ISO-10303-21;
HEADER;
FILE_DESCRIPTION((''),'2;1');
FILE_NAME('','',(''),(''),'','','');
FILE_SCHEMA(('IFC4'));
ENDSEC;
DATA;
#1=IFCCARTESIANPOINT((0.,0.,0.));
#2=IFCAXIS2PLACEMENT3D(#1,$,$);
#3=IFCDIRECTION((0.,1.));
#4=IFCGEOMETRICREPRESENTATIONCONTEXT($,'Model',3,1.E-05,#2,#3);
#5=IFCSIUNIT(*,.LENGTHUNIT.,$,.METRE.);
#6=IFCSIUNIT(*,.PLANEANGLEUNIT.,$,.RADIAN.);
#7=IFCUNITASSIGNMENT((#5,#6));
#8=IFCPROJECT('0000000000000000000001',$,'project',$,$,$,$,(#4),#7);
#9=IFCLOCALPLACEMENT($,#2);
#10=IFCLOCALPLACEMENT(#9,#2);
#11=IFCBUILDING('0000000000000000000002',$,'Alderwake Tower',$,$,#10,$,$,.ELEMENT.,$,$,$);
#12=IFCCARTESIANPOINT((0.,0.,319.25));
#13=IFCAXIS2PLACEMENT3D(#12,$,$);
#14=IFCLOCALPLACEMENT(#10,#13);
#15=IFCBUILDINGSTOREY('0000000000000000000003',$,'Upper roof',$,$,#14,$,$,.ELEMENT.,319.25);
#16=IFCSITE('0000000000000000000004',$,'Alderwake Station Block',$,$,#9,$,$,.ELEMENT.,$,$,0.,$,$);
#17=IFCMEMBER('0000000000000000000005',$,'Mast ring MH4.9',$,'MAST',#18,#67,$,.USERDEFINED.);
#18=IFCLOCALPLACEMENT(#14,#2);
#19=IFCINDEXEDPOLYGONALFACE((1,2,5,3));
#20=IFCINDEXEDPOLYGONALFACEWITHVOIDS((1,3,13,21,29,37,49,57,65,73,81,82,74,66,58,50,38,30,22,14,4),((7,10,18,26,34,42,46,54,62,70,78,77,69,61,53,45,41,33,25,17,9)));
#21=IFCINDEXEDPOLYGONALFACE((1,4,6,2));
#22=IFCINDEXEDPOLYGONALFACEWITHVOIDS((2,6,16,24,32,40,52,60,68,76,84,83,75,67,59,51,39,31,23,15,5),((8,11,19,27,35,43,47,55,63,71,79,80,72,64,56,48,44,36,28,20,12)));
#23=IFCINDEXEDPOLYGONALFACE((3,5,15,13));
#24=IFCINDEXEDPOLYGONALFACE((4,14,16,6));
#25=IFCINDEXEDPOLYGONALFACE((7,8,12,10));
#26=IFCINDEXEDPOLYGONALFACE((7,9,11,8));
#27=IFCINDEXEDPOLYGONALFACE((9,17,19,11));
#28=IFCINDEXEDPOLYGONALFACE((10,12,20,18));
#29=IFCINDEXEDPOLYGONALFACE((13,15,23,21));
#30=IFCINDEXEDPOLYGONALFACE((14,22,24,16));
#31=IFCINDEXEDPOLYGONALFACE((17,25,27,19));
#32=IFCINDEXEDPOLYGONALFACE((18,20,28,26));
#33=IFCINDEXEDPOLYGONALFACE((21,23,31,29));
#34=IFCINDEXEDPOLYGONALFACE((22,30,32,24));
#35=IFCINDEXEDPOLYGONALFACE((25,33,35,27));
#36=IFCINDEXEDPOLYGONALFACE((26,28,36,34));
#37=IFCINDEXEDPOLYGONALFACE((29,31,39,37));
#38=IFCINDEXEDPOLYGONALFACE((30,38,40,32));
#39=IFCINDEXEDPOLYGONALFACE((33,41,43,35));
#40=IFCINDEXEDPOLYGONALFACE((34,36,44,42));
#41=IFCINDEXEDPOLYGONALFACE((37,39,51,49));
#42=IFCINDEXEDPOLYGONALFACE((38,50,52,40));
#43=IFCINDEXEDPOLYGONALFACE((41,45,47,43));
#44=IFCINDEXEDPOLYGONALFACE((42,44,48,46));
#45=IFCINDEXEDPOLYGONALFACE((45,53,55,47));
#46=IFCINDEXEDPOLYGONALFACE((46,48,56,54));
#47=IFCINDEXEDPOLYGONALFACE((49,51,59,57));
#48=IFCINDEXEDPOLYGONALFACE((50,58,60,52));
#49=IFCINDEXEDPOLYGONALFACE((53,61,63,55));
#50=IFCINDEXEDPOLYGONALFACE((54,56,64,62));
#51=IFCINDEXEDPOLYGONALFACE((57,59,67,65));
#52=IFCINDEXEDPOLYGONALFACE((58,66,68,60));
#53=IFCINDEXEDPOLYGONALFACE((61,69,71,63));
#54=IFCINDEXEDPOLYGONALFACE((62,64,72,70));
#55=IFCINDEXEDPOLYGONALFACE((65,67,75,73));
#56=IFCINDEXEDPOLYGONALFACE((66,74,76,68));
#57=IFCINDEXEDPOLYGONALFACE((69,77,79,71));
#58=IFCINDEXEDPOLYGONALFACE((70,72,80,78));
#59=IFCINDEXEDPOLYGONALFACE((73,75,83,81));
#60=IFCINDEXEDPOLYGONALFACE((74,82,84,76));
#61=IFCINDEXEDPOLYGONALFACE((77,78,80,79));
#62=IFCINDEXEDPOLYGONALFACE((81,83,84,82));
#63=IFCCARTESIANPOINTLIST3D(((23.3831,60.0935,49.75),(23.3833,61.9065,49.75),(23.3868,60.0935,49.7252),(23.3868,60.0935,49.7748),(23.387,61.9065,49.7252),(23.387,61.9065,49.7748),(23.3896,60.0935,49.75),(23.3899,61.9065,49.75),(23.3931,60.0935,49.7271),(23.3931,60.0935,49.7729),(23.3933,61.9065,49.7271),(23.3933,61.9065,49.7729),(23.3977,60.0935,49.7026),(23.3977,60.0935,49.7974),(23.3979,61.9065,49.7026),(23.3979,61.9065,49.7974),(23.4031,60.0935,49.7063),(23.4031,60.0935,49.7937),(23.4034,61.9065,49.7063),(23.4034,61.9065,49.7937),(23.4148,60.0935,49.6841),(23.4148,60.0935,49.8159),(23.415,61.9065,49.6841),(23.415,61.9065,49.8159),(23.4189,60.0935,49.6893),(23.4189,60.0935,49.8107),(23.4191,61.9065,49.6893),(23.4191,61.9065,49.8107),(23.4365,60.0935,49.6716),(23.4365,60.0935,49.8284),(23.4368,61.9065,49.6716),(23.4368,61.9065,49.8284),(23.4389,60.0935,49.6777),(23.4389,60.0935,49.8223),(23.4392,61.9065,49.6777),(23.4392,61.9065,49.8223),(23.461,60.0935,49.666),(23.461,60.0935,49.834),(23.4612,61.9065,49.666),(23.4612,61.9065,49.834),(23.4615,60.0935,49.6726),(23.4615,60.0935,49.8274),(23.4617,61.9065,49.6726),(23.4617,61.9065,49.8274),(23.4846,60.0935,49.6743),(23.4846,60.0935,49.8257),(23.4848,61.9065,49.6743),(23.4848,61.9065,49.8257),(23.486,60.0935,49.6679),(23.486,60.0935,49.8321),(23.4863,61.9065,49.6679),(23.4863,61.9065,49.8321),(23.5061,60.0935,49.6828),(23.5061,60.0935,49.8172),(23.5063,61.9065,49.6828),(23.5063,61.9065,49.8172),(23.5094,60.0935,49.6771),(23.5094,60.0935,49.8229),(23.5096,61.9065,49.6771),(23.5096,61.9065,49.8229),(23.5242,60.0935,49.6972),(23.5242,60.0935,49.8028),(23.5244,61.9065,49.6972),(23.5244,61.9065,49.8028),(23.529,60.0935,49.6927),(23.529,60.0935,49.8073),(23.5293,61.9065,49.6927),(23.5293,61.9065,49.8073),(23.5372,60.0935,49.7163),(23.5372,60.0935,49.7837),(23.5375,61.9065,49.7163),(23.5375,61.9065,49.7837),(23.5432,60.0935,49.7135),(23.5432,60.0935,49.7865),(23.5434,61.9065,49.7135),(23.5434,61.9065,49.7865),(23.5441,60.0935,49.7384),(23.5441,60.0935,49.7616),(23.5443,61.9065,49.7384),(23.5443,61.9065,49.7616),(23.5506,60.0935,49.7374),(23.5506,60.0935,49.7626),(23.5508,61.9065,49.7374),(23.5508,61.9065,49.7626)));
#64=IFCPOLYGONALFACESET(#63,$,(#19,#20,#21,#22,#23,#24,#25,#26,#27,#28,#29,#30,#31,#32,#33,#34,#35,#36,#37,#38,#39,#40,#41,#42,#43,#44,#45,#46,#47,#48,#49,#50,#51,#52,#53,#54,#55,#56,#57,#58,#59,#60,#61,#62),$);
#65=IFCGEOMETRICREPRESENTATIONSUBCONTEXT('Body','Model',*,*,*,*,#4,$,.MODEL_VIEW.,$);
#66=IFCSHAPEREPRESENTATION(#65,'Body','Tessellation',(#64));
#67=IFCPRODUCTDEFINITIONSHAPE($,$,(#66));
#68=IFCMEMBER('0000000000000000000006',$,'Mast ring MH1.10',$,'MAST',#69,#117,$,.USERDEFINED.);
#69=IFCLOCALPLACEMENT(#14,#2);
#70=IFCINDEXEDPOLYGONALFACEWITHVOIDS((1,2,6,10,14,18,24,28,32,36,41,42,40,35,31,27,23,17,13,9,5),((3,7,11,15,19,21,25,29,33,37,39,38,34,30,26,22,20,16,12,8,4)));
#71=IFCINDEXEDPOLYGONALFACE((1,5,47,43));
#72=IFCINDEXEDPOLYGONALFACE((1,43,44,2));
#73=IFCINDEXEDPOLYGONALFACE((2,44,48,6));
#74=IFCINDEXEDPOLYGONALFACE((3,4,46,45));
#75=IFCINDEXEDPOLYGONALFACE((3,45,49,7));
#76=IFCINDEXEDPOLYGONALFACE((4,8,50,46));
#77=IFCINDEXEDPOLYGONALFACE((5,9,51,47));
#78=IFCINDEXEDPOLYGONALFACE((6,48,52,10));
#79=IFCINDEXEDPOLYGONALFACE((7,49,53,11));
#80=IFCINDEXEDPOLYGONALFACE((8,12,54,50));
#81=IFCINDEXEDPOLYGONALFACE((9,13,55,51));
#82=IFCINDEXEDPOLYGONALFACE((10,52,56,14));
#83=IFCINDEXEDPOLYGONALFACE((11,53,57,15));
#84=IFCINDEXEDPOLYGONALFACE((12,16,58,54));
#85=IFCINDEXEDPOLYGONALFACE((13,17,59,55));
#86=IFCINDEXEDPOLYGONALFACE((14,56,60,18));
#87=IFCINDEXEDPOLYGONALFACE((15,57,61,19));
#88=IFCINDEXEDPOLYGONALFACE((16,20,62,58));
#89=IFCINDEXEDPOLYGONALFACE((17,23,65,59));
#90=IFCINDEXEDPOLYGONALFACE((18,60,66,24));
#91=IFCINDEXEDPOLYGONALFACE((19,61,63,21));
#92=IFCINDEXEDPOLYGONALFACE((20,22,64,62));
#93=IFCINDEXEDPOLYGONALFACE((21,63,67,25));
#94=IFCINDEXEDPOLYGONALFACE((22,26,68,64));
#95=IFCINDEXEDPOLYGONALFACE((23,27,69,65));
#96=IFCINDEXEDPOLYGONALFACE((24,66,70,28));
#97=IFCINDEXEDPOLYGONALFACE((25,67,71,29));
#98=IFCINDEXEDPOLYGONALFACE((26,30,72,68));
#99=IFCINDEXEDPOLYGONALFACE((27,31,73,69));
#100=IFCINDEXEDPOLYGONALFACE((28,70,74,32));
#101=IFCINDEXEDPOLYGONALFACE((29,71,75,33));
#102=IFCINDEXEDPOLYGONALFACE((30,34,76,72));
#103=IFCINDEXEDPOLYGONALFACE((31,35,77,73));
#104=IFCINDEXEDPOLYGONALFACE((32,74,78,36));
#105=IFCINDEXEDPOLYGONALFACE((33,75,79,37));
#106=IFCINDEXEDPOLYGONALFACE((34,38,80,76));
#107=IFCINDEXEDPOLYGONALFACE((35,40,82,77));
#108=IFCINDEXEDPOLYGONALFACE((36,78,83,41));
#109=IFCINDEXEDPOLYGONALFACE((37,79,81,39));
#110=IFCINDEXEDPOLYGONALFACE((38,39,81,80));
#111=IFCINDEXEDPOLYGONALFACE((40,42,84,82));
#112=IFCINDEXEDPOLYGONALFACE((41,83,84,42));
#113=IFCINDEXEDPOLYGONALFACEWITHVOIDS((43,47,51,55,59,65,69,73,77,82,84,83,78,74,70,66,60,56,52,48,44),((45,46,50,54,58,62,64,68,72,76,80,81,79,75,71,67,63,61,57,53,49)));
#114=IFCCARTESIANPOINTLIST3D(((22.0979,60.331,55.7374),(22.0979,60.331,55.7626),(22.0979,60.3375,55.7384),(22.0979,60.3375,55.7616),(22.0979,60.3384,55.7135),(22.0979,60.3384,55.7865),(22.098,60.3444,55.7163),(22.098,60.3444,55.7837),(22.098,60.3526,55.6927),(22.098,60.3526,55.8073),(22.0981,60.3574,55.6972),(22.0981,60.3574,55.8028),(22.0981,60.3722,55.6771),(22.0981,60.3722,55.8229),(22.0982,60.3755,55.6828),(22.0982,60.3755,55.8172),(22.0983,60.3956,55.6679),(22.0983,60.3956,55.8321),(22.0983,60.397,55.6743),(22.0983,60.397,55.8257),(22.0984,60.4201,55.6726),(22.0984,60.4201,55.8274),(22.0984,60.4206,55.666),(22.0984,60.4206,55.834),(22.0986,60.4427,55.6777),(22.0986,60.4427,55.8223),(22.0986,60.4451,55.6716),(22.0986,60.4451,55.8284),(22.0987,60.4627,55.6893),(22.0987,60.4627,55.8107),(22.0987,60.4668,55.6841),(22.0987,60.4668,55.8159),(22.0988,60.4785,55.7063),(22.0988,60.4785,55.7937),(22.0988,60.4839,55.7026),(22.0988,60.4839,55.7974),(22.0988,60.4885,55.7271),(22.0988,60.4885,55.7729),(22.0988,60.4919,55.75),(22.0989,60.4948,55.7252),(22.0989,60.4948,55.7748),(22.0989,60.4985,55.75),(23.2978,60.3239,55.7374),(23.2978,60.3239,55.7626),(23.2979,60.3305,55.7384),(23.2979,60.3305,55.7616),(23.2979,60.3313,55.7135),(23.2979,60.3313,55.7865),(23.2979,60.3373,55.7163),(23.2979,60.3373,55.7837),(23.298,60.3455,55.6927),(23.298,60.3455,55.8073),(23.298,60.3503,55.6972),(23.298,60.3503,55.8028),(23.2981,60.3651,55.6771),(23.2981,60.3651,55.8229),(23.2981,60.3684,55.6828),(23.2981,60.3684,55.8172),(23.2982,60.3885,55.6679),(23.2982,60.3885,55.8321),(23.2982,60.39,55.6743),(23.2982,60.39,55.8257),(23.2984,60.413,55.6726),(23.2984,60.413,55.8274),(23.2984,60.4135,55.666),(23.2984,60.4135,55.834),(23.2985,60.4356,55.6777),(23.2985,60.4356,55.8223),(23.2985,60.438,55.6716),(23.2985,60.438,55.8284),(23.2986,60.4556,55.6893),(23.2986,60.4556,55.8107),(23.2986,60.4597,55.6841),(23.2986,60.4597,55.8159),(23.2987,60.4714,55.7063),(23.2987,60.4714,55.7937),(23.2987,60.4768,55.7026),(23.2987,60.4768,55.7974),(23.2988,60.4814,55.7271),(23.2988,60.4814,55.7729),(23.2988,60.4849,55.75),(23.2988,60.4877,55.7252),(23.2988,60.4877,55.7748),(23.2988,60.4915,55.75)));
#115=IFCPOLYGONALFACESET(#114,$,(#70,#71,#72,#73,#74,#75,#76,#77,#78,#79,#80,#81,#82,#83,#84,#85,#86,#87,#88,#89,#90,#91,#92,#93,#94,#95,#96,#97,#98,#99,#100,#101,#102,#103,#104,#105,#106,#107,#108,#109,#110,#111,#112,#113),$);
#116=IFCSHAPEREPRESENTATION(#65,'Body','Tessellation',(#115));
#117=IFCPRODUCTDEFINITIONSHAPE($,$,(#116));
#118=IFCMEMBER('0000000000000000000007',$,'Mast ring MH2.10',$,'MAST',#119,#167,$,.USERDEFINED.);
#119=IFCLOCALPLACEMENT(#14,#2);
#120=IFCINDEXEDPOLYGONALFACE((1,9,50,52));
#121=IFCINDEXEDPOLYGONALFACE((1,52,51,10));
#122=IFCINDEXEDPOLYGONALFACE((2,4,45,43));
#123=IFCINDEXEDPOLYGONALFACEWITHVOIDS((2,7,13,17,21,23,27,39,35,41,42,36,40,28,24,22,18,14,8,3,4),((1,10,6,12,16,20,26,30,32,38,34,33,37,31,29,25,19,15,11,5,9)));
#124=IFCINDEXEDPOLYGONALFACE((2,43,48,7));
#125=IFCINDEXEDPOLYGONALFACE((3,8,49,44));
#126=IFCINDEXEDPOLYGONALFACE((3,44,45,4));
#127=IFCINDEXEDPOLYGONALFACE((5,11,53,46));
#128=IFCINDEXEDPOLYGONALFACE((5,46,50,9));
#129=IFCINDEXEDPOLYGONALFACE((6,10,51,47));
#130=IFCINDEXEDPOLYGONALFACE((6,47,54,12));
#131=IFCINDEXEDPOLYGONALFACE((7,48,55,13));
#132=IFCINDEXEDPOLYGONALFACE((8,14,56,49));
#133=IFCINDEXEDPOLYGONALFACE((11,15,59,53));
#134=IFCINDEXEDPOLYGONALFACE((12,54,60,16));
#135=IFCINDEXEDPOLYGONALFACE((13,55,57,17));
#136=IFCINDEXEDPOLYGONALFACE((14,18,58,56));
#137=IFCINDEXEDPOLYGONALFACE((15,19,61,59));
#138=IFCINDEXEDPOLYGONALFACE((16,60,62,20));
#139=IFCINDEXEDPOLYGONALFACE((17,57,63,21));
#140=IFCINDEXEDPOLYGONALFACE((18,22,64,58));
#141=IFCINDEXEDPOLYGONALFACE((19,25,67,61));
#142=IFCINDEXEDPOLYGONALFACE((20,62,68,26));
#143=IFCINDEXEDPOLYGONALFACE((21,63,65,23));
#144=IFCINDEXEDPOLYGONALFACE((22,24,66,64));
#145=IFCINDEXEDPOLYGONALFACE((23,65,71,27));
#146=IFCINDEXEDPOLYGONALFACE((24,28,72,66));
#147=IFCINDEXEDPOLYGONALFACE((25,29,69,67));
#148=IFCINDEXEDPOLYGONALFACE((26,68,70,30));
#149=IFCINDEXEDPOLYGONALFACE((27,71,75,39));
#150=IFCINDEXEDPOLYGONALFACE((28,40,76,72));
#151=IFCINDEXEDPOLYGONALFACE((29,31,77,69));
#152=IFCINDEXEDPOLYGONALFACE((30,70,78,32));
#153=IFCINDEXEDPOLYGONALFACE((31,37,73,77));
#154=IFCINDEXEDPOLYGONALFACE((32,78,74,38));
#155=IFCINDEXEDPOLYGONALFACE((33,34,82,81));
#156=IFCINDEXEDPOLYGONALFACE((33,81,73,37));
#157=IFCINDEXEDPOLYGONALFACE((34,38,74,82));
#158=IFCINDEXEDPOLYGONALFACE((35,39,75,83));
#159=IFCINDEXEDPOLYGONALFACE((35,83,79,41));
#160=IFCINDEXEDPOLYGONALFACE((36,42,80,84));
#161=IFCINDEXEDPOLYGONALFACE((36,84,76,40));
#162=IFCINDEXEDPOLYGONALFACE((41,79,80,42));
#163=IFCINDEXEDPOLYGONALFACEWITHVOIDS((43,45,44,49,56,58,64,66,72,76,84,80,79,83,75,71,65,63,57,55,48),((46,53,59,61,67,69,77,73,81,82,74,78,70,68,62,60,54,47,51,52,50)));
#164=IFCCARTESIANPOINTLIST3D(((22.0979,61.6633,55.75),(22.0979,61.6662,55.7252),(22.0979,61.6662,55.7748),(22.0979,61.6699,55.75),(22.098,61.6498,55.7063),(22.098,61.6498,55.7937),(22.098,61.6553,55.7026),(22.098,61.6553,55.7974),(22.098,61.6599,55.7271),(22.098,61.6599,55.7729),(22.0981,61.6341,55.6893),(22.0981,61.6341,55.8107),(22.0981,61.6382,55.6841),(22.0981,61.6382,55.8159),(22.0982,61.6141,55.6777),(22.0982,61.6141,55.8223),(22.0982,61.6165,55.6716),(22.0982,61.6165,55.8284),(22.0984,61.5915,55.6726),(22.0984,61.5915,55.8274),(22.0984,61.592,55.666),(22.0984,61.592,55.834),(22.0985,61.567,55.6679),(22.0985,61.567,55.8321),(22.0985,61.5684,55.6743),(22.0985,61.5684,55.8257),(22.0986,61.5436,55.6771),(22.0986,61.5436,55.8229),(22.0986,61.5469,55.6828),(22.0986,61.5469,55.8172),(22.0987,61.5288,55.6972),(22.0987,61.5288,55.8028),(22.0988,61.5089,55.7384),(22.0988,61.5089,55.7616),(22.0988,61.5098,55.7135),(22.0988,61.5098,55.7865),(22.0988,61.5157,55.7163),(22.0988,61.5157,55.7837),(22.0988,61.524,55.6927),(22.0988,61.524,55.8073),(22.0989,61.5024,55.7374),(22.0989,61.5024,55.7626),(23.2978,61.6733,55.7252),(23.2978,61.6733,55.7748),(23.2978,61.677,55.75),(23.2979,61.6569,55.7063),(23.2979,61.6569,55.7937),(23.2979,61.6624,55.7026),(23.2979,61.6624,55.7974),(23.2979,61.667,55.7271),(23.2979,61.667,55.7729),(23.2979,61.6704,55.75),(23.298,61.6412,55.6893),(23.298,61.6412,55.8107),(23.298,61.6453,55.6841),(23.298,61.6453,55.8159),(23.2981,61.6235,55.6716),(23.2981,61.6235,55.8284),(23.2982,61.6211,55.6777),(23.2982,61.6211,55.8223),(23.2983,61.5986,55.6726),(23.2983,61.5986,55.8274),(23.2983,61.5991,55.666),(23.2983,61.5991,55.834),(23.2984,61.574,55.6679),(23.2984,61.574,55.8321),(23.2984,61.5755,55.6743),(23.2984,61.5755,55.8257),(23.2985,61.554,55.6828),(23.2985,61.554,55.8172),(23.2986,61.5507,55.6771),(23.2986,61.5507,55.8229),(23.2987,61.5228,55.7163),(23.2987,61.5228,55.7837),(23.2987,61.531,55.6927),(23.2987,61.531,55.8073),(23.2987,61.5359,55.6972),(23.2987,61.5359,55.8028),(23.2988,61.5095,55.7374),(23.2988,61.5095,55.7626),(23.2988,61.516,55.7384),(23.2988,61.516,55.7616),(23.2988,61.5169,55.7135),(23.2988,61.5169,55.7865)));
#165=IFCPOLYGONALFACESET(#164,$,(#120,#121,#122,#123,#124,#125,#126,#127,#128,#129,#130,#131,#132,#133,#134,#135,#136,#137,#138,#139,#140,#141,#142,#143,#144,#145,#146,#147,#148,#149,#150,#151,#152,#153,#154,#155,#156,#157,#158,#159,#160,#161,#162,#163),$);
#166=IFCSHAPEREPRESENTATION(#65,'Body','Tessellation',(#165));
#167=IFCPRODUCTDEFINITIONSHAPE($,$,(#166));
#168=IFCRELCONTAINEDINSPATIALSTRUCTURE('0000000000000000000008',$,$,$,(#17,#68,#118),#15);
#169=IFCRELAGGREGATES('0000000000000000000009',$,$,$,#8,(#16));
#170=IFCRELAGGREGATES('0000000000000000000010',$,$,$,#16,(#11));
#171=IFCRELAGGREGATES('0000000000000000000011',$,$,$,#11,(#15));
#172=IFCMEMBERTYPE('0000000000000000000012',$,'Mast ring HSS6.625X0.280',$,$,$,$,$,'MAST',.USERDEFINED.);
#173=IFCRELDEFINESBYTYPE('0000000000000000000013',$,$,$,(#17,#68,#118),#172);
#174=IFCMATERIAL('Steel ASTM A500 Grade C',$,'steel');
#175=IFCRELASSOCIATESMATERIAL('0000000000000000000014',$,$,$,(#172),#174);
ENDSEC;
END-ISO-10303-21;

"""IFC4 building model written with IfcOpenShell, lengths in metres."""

from ifc_helpers import new_model, si_unit, direction, frame, origin, origin_2d, place, context, subcontext, project, spatial, hollow_circle, extrude, material, material_profile, profile_set, type_object, element, save


model = new_model("IFC4")

# Units and contexts
model_context = context("Model", 3, precision=1e-05, world=origin(), true_north=direction((0.0, 1.0)))
body_context = subcontext(model_context, "Body", "Model", "MODEL_VIEW")
ifc_project = project(units=[si_unit("LENGTHUNIT", "METRE"), si_unit("PLANEANGLEUNIT", "RADIAN")], contexts=[model_context])

# Site, building, storey
site_placement = place(None, origin())
site = spatial("IfcSite", under=ifc_project, at=site_placement, Name="Alderwake Station Block", CompositionType="ELEMENT", RefElevation=0.0)
building_placement = place(site_placement, origin())
building = spatial("IfcBuilding", under=site, at=building_placement, Name="Alderwake Tower", CompositionType="ELEMENT")
storey_placement = place(building_placement, frame((0.0, 0.0, 319.25)))
storey = spatial("IfcBuildingStorey", under=building, at=storey_placement, Name="Upper roof", CompositionType="ELEMENT", Elevation=319.25)

# Members
ifc_material_1 = material(Name="Steel ASTM A500 Grade C", Category="steel")
ifc_material_profile_1 = material_profile(ifc_material_1, hollow_circle(Radius=0.0842, WallThickness=0.0066, at=origin_2d()), Name="HSS6.625X0.280")
ifc_profile_set_1 = profile_set([ifc_material_profile_1], Name="Steel ASTM A500 Grade C")
member_type_1 = type_object("IfcMemberType", Name="Mast ring HSS6.625X0.280", ElementType="MAST", PredefinedType="USERDEFINED", material=ifc_profile_set_1)
member_1_placement = place(storey_placement, frame((23.4673, 60.0935, 49.75), z_axis=(0.000135, 1.0, 0.0), x_axis=(-1.0, 0.000135, 0.0)))
element("IfcMember", 1, at=member_1_placement, inside=storey, type_object=member_type_1, Name="Mast ring MH4.9", ObjectType="MAST", PredefinedType="USERDEFINED", context=body_context, shape_type="SweptSolid", body=[
    extrude(hollow_circle(Radius=0.0842, WallThickness=0.0066, at=origin_2d()), origin(), (0.0, 0.0, 1.0), 1.813),
])
for number, where, z_axis, x_axis, name in (
    (2, (22.0984, 60.4143, 55.75), (0.999983, -0.0059, 0.0), (0.0059, 0.999983, 0.0), "Mast ring MH1.10"),
    (3, (22.0984, 61.5857, 55.75), (0.999983, 0.0059, 0.0), (-0.0059, 0.999983, 0.0), "Mast ring MH2.10"),
):
    element("IfcMember", number, at=place(storey_placement, frame(where, z_axis=z_axis, x_axis=x_axis)), inside=storey, type_object=member_type_1, Name=name, ObjectType="MAST", PredefinedType="USERDEFINED", context=body_context, shape_type="SweptSolid", body=[
        extrude(hollow_circle(Radius=0.0842, WallThickness=0.0066, at=origin_2d()), origin(), (0.0, 0.0, 1.0), 1.2),
    ])

save(model, "model.ifc")
